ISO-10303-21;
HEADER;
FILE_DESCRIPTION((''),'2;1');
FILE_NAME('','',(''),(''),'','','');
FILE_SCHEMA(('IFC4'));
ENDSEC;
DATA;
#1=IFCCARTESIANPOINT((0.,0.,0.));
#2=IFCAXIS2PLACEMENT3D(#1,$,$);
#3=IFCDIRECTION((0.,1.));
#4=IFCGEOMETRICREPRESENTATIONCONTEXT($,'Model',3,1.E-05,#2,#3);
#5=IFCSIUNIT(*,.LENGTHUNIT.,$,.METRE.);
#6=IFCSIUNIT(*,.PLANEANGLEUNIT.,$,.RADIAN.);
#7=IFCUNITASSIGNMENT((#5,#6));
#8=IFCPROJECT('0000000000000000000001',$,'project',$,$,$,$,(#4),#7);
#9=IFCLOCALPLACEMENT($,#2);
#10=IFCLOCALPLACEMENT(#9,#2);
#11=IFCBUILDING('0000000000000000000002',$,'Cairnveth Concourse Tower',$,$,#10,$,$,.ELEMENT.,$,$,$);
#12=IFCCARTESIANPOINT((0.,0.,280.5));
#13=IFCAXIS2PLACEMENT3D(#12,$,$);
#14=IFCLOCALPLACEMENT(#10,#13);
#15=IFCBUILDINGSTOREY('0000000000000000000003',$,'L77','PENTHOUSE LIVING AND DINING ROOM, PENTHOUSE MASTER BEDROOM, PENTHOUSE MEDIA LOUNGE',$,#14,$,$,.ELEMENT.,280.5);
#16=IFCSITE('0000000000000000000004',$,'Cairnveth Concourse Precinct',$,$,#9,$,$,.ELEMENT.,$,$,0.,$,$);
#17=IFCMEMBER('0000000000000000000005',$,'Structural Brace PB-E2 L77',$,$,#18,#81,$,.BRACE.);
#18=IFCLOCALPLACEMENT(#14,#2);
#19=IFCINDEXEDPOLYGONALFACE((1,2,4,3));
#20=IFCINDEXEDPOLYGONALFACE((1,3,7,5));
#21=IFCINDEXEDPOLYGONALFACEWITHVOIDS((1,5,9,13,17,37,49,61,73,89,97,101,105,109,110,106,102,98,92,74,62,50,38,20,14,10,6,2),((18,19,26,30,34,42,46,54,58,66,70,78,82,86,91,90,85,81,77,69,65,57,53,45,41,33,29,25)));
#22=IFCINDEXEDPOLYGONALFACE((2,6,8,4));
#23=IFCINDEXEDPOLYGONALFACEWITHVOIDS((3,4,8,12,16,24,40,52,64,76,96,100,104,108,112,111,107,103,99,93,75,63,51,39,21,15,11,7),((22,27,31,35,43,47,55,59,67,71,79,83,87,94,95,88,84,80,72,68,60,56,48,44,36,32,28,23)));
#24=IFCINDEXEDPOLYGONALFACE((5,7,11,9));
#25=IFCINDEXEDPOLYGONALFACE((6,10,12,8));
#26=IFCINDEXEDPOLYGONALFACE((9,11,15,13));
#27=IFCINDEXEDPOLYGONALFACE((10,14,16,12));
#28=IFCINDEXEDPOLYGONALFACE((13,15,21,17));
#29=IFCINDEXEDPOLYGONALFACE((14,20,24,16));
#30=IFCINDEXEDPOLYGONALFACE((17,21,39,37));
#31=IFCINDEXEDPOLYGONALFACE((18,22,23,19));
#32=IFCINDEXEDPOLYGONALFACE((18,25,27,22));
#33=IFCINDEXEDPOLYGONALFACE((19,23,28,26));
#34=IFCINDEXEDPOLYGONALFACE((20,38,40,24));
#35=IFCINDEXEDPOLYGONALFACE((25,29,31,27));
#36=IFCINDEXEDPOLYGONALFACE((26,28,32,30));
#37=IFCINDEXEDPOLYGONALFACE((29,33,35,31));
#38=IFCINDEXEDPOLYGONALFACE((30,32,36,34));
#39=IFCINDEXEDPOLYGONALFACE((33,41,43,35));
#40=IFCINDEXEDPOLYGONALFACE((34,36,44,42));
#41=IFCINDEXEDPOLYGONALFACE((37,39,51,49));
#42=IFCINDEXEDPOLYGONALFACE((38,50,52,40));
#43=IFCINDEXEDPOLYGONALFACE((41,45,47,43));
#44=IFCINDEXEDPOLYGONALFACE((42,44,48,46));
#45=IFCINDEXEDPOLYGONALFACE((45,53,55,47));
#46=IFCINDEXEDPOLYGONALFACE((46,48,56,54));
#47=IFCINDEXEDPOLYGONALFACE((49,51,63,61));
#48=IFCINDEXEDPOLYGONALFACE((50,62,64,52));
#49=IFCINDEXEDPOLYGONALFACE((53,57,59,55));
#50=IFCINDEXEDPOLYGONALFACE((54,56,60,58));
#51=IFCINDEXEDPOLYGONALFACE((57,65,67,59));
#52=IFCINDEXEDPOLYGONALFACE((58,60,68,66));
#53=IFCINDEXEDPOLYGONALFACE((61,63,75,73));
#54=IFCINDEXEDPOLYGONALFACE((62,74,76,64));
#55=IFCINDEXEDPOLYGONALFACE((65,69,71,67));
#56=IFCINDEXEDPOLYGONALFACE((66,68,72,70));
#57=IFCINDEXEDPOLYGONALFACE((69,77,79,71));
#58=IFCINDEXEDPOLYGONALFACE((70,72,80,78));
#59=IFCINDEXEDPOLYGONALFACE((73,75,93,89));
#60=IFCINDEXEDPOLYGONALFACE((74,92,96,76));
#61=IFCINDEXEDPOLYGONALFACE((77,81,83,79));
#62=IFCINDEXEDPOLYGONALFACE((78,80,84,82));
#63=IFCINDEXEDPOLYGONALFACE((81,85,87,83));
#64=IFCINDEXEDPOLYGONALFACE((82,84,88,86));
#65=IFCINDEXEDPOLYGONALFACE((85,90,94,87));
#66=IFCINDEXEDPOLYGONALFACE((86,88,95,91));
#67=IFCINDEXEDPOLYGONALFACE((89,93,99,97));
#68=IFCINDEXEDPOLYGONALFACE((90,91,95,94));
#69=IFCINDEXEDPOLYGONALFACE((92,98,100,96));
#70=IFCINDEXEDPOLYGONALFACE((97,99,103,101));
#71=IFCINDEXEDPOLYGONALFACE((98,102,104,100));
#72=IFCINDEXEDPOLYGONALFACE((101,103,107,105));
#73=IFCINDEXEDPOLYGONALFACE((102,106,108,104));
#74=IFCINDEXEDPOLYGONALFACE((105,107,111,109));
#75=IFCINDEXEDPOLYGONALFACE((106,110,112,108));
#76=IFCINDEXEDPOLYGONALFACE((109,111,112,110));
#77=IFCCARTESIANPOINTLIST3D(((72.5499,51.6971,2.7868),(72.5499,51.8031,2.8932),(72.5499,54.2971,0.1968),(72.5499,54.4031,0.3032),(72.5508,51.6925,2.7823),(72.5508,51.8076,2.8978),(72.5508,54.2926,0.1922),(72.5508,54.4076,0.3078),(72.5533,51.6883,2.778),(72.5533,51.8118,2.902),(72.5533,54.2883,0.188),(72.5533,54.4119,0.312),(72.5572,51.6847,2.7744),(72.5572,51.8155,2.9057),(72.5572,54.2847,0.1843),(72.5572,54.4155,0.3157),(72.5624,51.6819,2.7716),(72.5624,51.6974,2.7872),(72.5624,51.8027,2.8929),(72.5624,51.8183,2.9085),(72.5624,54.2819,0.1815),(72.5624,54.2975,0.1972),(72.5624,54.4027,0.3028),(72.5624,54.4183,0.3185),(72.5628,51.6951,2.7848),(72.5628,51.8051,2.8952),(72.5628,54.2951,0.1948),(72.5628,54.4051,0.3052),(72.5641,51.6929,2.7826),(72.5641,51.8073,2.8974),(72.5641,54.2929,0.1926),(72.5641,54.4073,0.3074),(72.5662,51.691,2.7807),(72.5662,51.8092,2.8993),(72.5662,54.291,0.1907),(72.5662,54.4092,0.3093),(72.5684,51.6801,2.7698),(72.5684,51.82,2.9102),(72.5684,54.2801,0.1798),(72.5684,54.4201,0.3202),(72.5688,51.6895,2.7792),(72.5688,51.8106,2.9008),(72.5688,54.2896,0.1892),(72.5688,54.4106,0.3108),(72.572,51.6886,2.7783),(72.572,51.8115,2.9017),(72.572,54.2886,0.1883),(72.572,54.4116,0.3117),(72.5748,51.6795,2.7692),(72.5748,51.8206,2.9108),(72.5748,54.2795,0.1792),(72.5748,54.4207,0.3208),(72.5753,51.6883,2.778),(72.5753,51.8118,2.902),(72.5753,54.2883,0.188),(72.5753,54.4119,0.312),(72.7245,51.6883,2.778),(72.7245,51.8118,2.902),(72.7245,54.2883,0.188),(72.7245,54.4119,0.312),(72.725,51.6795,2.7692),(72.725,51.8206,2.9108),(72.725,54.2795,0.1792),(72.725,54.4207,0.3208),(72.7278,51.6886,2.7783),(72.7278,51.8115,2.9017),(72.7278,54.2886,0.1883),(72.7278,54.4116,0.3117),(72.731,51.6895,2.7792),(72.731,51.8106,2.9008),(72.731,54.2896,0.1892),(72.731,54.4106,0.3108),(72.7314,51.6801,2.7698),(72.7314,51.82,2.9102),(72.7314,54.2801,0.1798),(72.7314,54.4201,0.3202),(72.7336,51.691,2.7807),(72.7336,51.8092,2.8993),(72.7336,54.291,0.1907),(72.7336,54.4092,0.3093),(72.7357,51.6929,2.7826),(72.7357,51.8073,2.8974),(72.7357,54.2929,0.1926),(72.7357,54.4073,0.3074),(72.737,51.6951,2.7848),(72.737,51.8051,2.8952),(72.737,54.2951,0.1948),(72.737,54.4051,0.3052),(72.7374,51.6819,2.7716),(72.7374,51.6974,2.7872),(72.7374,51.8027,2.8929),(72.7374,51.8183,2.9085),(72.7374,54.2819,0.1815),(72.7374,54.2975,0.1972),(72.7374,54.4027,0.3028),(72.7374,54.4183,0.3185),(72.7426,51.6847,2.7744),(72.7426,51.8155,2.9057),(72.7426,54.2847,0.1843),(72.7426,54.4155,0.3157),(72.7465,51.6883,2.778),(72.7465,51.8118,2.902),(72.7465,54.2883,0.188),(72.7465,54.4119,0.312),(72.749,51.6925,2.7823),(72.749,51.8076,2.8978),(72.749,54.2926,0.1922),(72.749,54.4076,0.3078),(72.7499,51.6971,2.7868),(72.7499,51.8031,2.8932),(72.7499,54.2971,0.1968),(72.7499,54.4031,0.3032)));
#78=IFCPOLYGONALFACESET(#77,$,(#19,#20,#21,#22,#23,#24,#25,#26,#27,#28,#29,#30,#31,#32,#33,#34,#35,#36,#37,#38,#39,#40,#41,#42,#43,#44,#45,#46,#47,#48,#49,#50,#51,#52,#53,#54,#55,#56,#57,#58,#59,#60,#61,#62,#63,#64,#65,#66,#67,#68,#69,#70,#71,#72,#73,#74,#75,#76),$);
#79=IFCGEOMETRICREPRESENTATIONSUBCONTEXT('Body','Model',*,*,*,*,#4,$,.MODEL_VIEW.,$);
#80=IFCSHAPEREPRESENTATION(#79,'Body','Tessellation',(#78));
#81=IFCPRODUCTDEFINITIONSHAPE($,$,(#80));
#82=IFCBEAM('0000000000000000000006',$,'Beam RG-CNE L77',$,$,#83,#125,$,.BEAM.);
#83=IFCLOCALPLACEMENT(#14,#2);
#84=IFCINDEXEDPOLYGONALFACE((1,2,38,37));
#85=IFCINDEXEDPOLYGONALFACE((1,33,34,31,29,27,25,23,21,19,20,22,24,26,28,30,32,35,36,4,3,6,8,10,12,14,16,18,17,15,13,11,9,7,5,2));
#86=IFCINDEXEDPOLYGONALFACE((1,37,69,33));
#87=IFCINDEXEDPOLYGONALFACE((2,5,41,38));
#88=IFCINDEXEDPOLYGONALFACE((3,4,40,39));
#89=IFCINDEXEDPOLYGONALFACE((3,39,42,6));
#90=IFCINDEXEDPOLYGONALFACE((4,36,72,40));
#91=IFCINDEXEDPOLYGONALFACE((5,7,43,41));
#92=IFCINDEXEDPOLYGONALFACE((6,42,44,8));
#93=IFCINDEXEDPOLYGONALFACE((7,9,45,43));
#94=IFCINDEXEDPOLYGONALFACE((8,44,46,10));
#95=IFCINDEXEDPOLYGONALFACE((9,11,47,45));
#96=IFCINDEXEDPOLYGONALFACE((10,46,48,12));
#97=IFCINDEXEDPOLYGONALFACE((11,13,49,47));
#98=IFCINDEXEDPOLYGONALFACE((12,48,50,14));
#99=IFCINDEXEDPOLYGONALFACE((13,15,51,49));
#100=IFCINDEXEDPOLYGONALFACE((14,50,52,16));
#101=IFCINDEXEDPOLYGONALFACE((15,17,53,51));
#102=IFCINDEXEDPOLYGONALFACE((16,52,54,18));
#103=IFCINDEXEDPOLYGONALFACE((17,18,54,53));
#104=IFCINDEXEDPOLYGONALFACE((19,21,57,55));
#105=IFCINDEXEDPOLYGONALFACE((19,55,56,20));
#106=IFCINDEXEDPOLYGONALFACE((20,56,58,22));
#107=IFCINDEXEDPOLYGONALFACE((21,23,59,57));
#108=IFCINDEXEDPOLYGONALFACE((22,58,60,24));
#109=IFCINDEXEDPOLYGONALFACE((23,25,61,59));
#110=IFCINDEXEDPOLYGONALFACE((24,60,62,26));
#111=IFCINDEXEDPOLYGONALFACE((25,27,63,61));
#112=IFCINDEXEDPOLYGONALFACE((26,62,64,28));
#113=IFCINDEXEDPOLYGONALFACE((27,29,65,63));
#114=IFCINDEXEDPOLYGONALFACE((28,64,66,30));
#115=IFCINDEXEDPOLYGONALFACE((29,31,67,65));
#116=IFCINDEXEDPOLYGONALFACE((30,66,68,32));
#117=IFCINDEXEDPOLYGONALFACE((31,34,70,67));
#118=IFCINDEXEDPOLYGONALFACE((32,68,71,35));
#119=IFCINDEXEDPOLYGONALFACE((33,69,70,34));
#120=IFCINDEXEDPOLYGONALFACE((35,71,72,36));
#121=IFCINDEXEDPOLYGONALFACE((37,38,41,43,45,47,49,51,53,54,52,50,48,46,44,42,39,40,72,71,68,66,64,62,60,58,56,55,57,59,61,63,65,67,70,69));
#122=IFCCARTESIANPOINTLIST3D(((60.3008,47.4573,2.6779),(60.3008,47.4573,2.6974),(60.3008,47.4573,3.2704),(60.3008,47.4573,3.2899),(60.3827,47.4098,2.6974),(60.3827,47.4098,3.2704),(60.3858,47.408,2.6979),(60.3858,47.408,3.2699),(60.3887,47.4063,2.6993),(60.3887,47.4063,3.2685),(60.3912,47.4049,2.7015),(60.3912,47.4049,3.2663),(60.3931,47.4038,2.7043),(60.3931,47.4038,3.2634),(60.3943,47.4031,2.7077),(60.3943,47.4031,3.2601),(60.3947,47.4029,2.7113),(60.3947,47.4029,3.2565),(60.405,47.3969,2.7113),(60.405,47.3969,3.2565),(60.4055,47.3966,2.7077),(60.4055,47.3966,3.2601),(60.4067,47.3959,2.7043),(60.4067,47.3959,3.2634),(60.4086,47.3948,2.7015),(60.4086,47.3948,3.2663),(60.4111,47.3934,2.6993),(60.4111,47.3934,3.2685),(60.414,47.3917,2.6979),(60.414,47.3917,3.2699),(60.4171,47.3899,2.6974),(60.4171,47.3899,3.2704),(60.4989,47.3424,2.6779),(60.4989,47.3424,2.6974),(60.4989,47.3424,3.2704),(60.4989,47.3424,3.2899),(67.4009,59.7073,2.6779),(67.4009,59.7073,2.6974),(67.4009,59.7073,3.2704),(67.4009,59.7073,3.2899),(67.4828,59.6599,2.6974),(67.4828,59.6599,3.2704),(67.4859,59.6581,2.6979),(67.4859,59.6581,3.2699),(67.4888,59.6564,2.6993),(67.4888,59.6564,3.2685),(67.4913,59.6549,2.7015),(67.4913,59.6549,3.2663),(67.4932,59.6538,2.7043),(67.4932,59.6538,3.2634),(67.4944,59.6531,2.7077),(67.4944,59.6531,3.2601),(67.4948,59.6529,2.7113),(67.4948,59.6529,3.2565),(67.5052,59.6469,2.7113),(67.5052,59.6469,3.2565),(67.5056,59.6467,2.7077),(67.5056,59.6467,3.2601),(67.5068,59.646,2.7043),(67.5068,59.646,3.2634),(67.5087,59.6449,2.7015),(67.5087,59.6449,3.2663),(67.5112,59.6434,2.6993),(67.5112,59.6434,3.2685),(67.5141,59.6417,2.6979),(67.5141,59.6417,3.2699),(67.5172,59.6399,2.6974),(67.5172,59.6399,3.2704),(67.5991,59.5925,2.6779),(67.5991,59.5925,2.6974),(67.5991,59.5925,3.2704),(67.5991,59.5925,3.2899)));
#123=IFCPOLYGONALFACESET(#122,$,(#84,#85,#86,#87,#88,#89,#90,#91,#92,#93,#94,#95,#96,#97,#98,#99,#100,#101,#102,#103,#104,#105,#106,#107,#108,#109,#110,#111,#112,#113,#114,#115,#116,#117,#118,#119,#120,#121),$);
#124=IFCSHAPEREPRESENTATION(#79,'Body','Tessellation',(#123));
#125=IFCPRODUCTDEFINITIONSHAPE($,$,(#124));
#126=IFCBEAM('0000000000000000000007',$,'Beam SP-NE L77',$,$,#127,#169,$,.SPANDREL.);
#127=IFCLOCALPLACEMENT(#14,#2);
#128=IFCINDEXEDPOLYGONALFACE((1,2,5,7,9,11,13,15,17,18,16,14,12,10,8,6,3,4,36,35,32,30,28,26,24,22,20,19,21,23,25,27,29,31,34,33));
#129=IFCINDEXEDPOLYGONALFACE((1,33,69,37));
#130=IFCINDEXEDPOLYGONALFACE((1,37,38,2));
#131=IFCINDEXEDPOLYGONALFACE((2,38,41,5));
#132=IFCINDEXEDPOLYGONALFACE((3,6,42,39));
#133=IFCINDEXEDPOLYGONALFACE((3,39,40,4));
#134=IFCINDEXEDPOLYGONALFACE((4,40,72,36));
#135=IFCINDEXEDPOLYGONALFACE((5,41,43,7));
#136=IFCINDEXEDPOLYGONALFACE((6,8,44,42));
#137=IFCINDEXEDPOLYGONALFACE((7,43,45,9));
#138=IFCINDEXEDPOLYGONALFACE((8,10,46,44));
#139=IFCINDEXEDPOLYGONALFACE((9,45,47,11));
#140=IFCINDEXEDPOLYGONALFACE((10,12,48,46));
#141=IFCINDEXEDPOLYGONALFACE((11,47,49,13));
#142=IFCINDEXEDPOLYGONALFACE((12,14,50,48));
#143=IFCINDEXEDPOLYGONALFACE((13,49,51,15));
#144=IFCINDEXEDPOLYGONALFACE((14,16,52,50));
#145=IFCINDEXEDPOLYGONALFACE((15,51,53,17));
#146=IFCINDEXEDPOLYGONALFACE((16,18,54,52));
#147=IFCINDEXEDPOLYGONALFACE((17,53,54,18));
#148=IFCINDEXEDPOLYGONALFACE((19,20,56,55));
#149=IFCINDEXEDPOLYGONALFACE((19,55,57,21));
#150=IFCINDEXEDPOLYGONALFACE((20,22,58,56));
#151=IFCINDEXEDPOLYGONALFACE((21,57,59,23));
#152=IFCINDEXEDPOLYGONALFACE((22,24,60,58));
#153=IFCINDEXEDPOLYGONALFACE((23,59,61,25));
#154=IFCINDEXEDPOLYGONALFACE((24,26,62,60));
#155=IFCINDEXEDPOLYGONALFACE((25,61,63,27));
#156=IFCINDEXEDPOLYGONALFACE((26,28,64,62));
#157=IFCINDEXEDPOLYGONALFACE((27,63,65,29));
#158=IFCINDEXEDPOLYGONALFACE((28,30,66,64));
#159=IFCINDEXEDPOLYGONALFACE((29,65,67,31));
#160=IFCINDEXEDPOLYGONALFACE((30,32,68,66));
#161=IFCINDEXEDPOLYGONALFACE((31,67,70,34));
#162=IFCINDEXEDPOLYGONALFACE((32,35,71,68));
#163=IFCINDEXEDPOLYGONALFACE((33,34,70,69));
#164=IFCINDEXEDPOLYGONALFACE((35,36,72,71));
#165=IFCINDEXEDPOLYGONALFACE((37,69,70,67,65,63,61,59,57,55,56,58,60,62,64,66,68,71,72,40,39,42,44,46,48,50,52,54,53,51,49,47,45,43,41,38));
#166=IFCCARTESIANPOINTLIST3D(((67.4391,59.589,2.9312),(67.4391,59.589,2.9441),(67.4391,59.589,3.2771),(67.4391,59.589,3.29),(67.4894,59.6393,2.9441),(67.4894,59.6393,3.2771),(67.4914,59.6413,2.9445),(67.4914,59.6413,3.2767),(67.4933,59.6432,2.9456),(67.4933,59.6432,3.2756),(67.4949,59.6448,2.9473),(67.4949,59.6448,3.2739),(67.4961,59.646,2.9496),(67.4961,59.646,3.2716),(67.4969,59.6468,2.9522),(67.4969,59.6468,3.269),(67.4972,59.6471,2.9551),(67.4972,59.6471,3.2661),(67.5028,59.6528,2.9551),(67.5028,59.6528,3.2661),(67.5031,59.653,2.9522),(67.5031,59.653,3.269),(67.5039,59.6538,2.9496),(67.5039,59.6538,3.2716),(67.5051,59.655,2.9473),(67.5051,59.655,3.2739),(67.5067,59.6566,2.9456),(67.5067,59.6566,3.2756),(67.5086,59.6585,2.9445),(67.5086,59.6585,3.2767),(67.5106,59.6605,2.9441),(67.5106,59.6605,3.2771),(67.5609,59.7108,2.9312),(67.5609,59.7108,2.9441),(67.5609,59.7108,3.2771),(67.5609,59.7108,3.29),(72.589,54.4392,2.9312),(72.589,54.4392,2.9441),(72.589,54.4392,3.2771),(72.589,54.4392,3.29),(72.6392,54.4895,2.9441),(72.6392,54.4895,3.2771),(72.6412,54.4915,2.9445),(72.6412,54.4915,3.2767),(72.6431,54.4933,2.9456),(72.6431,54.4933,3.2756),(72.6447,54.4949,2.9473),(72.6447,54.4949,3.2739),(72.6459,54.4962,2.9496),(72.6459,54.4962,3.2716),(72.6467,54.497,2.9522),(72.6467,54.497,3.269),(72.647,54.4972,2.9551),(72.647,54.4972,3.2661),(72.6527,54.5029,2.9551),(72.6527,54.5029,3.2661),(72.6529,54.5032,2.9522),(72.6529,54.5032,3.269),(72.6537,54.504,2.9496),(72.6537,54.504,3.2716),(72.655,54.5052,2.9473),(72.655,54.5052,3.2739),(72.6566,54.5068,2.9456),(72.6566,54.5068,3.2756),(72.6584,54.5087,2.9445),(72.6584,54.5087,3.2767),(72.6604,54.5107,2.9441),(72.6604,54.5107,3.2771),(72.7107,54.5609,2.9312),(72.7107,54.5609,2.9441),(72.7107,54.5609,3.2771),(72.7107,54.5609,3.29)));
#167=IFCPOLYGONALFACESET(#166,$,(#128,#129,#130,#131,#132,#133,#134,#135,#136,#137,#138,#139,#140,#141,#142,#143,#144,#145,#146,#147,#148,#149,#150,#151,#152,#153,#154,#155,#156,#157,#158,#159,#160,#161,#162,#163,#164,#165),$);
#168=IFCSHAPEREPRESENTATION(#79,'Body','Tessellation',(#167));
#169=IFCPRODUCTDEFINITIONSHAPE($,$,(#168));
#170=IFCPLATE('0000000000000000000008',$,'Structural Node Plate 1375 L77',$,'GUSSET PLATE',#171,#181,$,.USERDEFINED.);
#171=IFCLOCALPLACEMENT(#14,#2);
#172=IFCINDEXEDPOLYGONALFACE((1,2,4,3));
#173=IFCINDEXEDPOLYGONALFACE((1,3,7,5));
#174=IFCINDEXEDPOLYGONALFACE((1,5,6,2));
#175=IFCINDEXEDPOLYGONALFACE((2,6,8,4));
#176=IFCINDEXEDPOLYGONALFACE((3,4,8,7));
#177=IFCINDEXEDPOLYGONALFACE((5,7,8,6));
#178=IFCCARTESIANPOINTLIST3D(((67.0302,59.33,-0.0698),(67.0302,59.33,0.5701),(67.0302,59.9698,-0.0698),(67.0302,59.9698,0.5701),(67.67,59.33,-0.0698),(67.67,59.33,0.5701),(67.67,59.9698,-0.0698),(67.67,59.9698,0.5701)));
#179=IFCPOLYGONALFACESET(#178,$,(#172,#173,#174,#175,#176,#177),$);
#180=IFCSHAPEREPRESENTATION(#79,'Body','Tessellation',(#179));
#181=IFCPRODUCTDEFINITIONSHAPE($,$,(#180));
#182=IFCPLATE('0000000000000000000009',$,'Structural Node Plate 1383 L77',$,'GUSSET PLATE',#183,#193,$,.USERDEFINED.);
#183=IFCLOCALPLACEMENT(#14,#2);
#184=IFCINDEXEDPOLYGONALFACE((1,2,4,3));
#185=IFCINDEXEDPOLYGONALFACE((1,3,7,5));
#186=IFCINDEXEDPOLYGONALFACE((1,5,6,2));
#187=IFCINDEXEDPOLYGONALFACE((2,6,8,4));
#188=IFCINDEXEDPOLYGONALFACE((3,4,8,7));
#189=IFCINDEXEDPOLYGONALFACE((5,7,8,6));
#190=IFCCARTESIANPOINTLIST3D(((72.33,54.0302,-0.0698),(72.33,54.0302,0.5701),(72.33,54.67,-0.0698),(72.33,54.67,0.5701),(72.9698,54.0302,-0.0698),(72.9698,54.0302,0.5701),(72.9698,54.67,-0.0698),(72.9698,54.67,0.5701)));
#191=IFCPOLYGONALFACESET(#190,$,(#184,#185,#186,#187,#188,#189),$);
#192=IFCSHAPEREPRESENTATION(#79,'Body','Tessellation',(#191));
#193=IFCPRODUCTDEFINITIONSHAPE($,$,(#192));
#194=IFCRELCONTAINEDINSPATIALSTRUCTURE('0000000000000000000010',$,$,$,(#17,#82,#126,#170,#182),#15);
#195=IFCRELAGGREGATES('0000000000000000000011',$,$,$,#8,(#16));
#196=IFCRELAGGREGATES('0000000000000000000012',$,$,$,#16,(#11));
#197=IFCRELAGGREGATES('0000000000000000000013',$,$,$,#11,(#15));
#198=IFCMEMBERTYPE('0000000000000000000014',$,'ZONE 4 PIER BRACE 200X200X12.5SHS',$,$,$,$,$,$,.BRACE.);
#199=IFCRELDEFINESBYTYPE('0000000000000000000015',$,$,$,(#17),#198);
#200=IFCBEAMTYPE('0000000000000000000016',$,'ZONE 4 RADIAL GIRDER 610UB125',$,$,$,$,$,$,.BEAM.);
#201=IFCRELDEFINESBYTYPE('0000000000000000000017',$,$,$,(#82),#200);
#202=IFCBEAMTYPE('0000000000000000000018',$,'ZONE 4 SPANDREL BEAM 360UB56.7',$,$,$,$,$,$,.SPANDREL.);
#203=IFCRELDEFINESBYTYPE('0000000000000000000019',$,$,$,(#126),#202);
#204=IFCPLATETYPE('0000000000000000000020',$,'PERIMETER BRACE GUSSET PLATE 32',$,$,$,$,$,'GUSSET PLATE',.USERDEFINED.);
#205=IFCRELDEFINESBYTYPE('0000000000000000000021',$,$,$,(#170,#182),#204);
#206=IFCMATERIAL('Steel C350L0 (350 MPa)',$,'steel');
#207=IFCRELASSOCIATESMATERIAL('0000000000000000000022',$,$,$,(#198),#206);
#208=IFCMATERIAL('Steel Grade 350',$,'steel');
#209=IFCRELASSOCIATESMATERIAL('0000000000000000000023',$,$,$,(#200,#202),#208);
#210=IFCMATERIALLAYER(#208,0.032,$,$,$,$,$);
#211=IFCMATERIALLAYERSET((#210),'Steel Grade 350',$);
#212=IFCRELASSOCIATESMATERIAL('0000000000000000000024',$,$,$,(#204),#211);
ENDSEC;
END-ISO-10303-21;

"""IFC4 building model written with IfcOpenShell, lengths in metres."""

from ifc_helpers import new_model, si_unit, direction, frame, origin, origin_2d, place, context, subcontext, project, spatial, rectangle, hollow_rectangle, i_section, extrude, material, layer, layer_set, material_profile, profile_set, type_object, element, save


model = new_model("IFC4")

# Units and contexts
model_context = context("Model", 3, precision=1e-05, world=origin(), true_north=direction((0.0, 1.0)))
body_context = subcontext(model_context, "Body", "Model", "MODEL_VIEW")
ifc_project = project(units=[si_unit("LENGTHUNIT", "METRE"), si_unit("PLANEANGLEUNIT", "RADIAN")], contexts=[model_context])

# Site, building, storey
site_placement = place(None, origin())
site = spatial("IfcSite", under=ifc_project, at=site_placement, Name="Cairnveth Concourse Precinct", CompositionType="ELEMENT", RefElevation=0.0)
building_placement = place(site_placement, origin())
building = spatial("IfcBuilding", under=site, at=building_placement, Name="Cairnveth Concourse Tower", CompositionType="ELEMENT")
storey_placement = place(building_placement, frame((0.0, 0.0, 280.5)))
storey = spatial("IfcBuildingStorey", under=building, at=storey_placement, Name="L77", Description="PENTHOUSE LIVING AND DINING ROOM, PENTHOUSE MASTER BEDROOM, PENTHOUSE MEDIA LOUNGE", CompositionType="ELEMENT", Elevation=280.5)

# Shared definitions
ifc_material_1 = material(Name="Steel Grade 350", Category="steel")

# Member
ifc_material_2 = material(Name="Steel C350L0 (350 MPa)", Category="steel")
ifc_material_profile_1 = material_profile(ifc_material_2, hollow_rectangle(XDim=0.2, YDim=0.2, WallThickness=0.0125, InnerFilletRadius=0.0129, OuterFilletRadius=0.0249, at=origin_2d()), Name="200x200x12.5SHS")
ifc_profile_set_1 = profile_set([ifc_material_profile_1], Name="Steel C350L0 (350 MPa)")
member_type = type_object("IfcMemberType", Name="ZONE 4 PIER BRACE 200X200X12.5SHS", PredefinedType="BRACE", material=ifc_profile_set_1)
member_placement = place(storey_placement, frame((72.6499, 54.3501, 0.25), z_axis=(0.0, -0.708469, 0.705742), x_axis=(1.0, 0.0, 0.0)))
element("IfcMember", 1, at=member_placement, inside=storey, type_object=member_type, Name="Structural Brace PB-E2 L77", PredefinedType="BRACE", context=body_context, shape_type="SweptSolid", body=[
    extrude(hollow_rectangle(XDim=0.2, YDim=0.2, WallThickness=0.0125, InnerFilletRadius=0.0129, OuterFilletRadius=0.0249, at=origin_2d()), origin(), (0.0, 0.0, 1.0), 3.6699),
])

# Beams
ifc_material_profile_2 = material_profile(ifc_material_1, i_section(OverallWidth=0.229, OverallDepth=0.6121, WebThickness=0.012, FlangeThickness=0.0195, FilletRadius=0.0139, at=origin_2d()), Name="610UB125")
ifc_profile_set_2 = profile_set([ifc_material_profile_2], Name="Steel Grade 350")
beam_type_1 = type_object("IfcBeamType", Name="ZONE 4 RADIAL GIRDER 610UB125", PredefinedType="BEAM", material=ifc_profile_set_2)
beam_1_placement = place(storey_placement, frame((67.5, 59.6499, 2.9839), z_axis=(-0.501459, -0.865181, 0.0), x_axis=(0.865181, -0.501459, 0.0)))
element("IfcBeam", 2, at=beam_1_placement, inside=storey, type_object=beam_type_1, Name="Beam RG-CNE L77", PredefinedType="BEAM", context=body_context, shape_type="SweptSolid", body=[
    extrude(i_section(OverallWidth=0.229, OverallDepth=0.6121, WebThickness=0.012, FlangeThickness=0.0195, FilletRadius=0.0139, at=origin_2d()), origin(), (0.0, 0.0, 1.0), 14.1589),
])
ifc_material_profile_3 = material_profile(ifc_material_1, i_section(OverallWidth=0.1721, OverallDepth=0.3589, WebThickness=0.0081, FlangeThickness=0.0129, FilletRadius=0.011, at=origin_2d()), Name="360UB56.7")
ifc_profile_set_3 = profile_set([ifc_material_profile_3], Name="Steel Grade 350")
beam_type_2 = type_object("IfcBeamType", Name="ZONE 4 SPANDREL BEAM 360UB56.7", PredefinedType="SPANDREL", material=ifc_profile_set_3)
beam_2_placement = place(storey_placement, frame((67.5, 59.6499, 3.1106), z_axis=(0.707107, -0.707107, 0.0), x_axis=(0.707107, 0.707107, 0.0)))
element("IfcBeam", 3, at=beam_2_placement, inside=storey, type_object=beam_type_2, Name="Beam SP-NE L77", PredefinedType="SPANDREL", context=body_context, shape_type="SweptSolid", body=[
    extrude(i_section(OverallWidth=0.1721, OverallDepth=0.3589, WebThickness=0.0081, FlangeThickness=0.0129, FilletRadius=0.011, at=origin_2d()), origin(), (0.0, 0.0, 1.0), 7.283),
])

# Plates
ifc_layer_1 = layer(ifc_material_1, 0.032)
ifc_layer_set_1 = layer_set([ifc_layer_1], Name="Steel Grade 350")
plate_type = type_object("IfcPlateType", Name="PERIMETER BRACE GUSSET PLATE 32", ElementType="GUSSET PLATE", PredefinedType="USERDEFINED", material=ifc_layer_set_1)
for number, where, z_axis, x_axis, name in (
    (4, (67.3501, 59.6499, -0.0698), (0.0, 0.0, 1.0), (1.0, 0.0, 0.0), "Structural Node Plate 1375 L77"),
    (5, (72.6499, 54.3501, -0.0698), (0.0, 0.0, 1.0), (1.0, 0.0, 0.0), "Structural Node Plate 1383 L77"),
):
    element("IfcPlate", number, at=place(storey_placement, frame(where, z_axis=z_axis, x_axis=x_axis)), inside=storey, type_object=plate_type, Name=name, ObjectType="GUSSET PLATE", PredefinedType="USERDEFINED", context=body_context, shape_type="SweptSolid", body=[
        extrude(rectangle(XDim=0.6399, YDim=0.6399, at=origin_2d()), origin(), (0.0, 0.0, 1.0), 0.6399),
    ])

save(model, "model.ifc")
